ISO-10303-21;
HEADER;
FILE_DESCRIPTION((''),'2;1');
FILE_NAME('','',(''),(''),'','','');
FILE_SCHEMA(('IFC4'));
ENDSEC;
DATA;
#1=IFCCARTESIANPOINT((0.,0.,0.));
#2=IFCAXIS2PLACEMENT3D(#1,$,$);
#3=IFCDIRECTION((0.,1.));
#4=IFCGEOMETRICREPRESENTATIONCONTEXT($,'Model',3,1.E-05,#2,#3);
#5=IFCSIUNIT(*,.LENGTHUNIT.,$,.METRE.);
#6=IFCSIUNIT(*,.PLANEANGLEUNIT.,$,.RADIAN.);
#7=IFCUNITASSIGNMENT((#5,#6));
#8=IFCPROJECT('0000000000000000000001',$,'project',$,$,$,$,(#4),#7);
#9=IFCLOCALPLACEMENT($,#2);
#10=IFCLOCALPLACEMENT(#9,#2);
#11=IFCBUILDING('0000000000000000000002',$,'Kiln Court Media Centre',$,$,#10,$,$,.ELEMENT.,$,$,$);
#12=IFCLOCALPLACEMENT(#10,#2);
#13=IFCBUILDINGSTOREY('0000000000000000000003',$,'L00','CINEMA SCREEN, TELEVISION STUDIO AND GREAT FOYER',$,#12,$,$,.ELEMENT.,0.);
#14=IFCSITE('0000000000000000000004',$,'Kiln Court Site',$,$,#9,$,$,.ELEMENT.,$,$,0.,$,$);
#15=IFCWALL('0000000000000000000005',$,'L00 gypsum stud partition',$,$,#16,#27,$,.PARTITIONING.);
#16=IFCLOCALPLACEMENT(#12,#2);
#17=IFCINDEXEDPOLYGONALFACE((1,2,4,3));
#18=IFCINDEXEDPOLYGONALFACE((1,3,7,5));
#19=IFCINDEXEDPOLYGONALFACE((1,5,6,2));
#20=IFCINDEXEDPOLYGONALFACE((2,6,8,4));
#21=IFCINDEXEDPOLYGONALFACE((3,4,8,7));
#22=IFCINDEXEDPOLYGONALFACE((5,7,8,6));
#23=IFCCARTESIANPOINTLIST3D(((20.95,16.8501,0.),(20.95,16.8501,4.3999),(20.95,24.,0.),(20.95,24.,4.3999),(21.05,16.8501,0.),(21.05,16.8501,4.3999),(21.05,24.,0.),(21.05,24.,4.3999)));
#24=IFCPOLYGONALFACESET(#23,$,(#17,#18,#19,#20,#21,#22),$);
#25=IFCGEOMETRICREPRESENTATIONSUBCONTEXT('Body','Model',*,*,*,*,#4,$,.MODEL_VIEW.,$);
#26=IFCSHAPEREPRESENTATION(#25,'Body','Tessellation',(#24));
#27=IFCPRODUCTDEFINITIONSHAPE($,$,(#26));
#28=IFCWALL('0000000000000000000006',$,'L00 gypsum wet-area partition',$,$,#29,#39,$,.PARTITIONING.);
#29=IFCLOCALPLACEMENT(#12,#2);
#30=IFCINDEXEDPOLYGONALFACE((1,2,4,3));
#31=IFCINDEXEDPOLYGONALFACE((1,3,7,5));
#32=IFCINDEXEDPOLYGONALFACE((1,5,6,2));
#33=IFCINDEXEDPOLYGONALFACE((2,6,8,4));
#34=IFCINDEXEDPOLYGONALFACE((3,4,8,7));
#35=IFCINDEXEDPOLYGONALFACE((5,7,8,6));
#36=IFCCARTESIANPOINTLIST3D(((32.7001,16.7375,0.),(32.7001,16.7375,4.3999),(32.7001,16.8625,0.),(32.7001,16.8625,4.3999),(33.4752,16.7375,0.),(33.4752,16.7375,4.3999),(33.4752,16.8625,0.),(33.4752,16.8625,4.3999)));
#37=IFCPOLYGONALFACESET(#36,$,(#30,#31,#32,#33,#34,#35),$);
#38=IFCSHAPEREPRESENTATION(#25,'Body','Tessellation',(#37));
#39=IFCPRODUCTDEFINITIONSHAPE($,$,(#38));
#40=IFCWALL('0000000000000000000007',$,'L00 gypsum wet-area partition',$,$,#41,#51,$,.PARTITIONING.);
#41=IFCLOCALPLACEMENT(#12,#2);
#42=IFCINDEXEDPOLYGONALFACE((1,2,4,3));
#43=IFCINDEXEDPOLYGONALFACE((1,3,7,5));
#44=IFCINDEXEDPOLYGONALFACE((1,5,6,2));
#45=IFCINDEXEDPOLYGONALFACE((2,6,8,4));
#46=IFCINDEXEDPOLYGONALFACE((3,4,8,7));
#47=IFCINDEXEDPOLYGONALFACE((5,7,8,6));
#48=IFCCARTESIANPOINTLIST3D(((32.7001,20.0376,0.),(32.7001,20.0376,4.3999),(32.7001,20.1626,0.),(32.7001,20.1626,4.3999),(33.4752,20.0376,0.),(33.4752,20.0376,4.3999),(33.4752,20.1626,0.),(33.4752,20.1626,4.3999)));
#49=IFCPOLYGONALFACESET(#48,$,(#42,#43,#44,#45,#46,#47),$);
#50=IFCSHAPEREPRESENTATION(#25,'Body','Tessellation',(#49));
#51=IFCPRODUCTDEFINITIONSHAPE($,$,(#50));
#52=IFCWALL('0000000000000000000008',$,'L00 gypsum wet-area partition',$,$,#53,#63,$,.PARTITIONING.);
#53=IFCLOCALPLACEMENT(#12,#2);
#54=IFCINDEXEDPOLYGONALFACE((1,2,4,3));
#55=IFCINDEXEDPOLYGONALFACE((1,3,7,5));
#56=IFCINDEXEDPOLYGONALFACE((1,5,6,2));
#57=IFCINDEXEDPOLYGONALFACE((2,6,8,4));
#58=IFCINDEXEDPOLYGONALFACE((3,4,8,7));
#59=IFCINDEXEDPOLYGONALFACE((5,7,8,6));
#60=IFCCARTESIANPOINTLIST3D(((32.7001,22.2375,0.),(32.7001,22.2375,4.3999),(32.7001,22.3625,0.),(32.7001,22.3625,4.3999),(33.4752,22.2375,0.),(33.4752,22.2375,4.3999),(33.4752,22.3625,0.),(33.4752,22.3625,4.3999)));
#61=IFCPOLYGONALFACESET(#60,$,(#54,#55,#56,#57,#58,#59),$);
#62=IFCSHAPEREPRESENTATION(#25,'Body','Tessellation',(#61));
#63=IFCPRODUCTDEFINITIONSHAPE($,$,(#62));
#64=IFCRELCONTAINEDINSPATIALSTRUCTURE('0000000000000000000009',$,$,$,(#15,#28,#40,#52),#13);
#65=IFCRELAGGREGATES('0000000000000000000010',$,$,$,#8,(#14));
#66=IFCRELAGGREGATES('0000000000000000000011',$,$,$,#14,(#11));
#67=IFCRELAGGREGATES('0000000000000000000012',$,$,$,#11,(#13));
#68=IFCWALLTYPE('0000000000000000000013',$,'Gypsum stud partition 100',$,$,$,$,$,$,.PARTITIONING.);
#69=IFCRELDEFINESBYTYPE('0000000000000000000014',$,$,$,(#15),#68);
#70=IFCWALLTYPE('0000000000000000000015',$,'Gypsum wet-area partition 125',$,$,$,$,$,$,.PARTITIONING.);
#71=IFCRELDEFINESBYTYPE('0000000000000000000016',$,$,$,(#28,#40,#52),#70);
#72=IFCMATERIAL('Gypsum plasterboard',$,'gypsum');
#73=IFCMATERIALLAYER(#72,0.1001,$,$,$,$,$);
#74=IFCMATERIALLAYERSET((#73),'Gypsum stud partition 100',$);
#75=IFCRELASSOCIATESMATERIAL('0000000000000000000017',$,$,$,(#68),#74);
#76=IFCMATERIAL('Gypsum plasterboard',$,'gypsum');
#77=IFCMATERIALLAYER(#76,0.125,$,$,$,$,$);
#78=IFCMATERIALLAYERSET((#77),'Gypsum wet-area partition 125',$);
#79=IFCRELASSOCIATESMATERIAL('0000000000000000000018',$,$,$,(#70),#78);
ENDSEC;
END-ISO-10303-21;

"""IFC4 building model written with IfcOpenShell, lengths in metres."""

from ifc_helpers import new_model, si_unit, direction, frame, frame_2d, origin, place, context, subcontext, project, spatial, rectangle, extrude, material, layer, layer_set, type_object, element, save


model = new_model("IFC4")

# Units and contexts
model_context = context("Model", 3, precision=1e-05, world=origin(), true_north=direction((0.0, 1.0)))
body_context = subcontext(model_context, "Body", "Model", "MODEL_VIEW")
ifc_project = project(units=[si_unit("LENGTHUNIT", "METRE"), si_unit("PLANEANGLEUNIT", "RADIAN")], contexts=[model_context])

# Site, building, storey
site_placement = place(None, origin())
site = spatial("IfcSite", under=ifc_project, at=site_placement, Name="Kiln Court Site", CompositionType="ELEMENT", RefElevation=0.0)
building_placement = place(site_placement, origin())
building = spatial("IfcBuilding", under=site, at=building_placement, Name="Kiln Court Media Centre", CompositionType="ELEMENT")
storey_placement = place(building_placement, origin())
storey = spatial("IfcBuildingStorey", under=building, at=storey_placement, Name="L00", Description="CINEMA SCREEN, TELEVISION STUDIO AND GREAT FOYER", CompositionType="ELEMENT", Elevation=0.0)

# Walls
ifc_material_1 = material(Name="Gypsum plasterboard", Category="gypsum")
ifc_layer_1 = layer(ifc_material_1, 0.1001)
ifc_layer_set_1 = layer_set([ifc_layer_1], Name="Gypsum stud partition 100")
wall_type_1 = type_object("IfcWallType", Name="Gypsum stud partition 100", PredefinedType="PARTITIONING", material=ifc_layer_set_1)
wall_1_placement = place(storey_placement, frame((21.0, 16.8501, 0.0), z_axis=(0.0, 0.0, 1.0), x_axis=(0.0, 1.0, 0.0)))
element("IfcWall", 1, at=wall_1_placement, inside=storey, type_object=wall_type_1, Name="L00 gypsum stud partition", PredefinedType="PARTITIONING", context=body_context, shape_type="SweptSolid", body=[
    extrude(rectangle(XDim=7.1499, YDim=0.1001, at=frame_2d((3.575, 0.0))), origin(), (0.0, 0.0, 1.0), 4.3999),
])
ifc_material_2 = material(Name="Gypsum plasterboard", Category="gypsum")
ifc_layer_2 = layer(ifc_material_2, 0.125)
ifc_layer_set_2 = layer_set([ifc_layer_2], Name="Gypsum wet-area partition 125")
wall_type_2 = type_object("IfcWallType", Name="Gypsum wet-area partition 125", PredefinedType="PARTITIONING", material=ifc_layer_set_2)
for number, where, z_axis, x_axis, name in (
    (2, (32.7, 16.8, 0.0), (0.0, 0.0, 1.0), (1.0, 0.0, 0.0), "L00 gypsum wet-area partition"),
    (3, (32.7, 20.1001, 0.0), (0.0, 0.0, 1.0), (1.0, 0.0, 0.0), "L00 gypsum wet-area partition"),
    (4, (32.7, 22.3, 0.0), (0.0, 0.0, 1.0), (1.0, 0.0, 0.0), "L00 gypsum wet-area partition"),
):
    element("IfcWall", number, at=place(storey_placement, frame(where, z_axis=z_axis, x_axis=x_axis)), inside=storey, type_object=wall_type_2, Name=name, PredefinedType="PARTITIONING", context=body_context, shape_type="SweptSolid", body=[
        extrude(rectangle(XDim=0.7751, YDim=0.125, at=frame_2d((0.3877, 0.0))), origin(), (0.0, 0.0, 1.0), 4.3999),
    ])

save(model, "model.ifc")
